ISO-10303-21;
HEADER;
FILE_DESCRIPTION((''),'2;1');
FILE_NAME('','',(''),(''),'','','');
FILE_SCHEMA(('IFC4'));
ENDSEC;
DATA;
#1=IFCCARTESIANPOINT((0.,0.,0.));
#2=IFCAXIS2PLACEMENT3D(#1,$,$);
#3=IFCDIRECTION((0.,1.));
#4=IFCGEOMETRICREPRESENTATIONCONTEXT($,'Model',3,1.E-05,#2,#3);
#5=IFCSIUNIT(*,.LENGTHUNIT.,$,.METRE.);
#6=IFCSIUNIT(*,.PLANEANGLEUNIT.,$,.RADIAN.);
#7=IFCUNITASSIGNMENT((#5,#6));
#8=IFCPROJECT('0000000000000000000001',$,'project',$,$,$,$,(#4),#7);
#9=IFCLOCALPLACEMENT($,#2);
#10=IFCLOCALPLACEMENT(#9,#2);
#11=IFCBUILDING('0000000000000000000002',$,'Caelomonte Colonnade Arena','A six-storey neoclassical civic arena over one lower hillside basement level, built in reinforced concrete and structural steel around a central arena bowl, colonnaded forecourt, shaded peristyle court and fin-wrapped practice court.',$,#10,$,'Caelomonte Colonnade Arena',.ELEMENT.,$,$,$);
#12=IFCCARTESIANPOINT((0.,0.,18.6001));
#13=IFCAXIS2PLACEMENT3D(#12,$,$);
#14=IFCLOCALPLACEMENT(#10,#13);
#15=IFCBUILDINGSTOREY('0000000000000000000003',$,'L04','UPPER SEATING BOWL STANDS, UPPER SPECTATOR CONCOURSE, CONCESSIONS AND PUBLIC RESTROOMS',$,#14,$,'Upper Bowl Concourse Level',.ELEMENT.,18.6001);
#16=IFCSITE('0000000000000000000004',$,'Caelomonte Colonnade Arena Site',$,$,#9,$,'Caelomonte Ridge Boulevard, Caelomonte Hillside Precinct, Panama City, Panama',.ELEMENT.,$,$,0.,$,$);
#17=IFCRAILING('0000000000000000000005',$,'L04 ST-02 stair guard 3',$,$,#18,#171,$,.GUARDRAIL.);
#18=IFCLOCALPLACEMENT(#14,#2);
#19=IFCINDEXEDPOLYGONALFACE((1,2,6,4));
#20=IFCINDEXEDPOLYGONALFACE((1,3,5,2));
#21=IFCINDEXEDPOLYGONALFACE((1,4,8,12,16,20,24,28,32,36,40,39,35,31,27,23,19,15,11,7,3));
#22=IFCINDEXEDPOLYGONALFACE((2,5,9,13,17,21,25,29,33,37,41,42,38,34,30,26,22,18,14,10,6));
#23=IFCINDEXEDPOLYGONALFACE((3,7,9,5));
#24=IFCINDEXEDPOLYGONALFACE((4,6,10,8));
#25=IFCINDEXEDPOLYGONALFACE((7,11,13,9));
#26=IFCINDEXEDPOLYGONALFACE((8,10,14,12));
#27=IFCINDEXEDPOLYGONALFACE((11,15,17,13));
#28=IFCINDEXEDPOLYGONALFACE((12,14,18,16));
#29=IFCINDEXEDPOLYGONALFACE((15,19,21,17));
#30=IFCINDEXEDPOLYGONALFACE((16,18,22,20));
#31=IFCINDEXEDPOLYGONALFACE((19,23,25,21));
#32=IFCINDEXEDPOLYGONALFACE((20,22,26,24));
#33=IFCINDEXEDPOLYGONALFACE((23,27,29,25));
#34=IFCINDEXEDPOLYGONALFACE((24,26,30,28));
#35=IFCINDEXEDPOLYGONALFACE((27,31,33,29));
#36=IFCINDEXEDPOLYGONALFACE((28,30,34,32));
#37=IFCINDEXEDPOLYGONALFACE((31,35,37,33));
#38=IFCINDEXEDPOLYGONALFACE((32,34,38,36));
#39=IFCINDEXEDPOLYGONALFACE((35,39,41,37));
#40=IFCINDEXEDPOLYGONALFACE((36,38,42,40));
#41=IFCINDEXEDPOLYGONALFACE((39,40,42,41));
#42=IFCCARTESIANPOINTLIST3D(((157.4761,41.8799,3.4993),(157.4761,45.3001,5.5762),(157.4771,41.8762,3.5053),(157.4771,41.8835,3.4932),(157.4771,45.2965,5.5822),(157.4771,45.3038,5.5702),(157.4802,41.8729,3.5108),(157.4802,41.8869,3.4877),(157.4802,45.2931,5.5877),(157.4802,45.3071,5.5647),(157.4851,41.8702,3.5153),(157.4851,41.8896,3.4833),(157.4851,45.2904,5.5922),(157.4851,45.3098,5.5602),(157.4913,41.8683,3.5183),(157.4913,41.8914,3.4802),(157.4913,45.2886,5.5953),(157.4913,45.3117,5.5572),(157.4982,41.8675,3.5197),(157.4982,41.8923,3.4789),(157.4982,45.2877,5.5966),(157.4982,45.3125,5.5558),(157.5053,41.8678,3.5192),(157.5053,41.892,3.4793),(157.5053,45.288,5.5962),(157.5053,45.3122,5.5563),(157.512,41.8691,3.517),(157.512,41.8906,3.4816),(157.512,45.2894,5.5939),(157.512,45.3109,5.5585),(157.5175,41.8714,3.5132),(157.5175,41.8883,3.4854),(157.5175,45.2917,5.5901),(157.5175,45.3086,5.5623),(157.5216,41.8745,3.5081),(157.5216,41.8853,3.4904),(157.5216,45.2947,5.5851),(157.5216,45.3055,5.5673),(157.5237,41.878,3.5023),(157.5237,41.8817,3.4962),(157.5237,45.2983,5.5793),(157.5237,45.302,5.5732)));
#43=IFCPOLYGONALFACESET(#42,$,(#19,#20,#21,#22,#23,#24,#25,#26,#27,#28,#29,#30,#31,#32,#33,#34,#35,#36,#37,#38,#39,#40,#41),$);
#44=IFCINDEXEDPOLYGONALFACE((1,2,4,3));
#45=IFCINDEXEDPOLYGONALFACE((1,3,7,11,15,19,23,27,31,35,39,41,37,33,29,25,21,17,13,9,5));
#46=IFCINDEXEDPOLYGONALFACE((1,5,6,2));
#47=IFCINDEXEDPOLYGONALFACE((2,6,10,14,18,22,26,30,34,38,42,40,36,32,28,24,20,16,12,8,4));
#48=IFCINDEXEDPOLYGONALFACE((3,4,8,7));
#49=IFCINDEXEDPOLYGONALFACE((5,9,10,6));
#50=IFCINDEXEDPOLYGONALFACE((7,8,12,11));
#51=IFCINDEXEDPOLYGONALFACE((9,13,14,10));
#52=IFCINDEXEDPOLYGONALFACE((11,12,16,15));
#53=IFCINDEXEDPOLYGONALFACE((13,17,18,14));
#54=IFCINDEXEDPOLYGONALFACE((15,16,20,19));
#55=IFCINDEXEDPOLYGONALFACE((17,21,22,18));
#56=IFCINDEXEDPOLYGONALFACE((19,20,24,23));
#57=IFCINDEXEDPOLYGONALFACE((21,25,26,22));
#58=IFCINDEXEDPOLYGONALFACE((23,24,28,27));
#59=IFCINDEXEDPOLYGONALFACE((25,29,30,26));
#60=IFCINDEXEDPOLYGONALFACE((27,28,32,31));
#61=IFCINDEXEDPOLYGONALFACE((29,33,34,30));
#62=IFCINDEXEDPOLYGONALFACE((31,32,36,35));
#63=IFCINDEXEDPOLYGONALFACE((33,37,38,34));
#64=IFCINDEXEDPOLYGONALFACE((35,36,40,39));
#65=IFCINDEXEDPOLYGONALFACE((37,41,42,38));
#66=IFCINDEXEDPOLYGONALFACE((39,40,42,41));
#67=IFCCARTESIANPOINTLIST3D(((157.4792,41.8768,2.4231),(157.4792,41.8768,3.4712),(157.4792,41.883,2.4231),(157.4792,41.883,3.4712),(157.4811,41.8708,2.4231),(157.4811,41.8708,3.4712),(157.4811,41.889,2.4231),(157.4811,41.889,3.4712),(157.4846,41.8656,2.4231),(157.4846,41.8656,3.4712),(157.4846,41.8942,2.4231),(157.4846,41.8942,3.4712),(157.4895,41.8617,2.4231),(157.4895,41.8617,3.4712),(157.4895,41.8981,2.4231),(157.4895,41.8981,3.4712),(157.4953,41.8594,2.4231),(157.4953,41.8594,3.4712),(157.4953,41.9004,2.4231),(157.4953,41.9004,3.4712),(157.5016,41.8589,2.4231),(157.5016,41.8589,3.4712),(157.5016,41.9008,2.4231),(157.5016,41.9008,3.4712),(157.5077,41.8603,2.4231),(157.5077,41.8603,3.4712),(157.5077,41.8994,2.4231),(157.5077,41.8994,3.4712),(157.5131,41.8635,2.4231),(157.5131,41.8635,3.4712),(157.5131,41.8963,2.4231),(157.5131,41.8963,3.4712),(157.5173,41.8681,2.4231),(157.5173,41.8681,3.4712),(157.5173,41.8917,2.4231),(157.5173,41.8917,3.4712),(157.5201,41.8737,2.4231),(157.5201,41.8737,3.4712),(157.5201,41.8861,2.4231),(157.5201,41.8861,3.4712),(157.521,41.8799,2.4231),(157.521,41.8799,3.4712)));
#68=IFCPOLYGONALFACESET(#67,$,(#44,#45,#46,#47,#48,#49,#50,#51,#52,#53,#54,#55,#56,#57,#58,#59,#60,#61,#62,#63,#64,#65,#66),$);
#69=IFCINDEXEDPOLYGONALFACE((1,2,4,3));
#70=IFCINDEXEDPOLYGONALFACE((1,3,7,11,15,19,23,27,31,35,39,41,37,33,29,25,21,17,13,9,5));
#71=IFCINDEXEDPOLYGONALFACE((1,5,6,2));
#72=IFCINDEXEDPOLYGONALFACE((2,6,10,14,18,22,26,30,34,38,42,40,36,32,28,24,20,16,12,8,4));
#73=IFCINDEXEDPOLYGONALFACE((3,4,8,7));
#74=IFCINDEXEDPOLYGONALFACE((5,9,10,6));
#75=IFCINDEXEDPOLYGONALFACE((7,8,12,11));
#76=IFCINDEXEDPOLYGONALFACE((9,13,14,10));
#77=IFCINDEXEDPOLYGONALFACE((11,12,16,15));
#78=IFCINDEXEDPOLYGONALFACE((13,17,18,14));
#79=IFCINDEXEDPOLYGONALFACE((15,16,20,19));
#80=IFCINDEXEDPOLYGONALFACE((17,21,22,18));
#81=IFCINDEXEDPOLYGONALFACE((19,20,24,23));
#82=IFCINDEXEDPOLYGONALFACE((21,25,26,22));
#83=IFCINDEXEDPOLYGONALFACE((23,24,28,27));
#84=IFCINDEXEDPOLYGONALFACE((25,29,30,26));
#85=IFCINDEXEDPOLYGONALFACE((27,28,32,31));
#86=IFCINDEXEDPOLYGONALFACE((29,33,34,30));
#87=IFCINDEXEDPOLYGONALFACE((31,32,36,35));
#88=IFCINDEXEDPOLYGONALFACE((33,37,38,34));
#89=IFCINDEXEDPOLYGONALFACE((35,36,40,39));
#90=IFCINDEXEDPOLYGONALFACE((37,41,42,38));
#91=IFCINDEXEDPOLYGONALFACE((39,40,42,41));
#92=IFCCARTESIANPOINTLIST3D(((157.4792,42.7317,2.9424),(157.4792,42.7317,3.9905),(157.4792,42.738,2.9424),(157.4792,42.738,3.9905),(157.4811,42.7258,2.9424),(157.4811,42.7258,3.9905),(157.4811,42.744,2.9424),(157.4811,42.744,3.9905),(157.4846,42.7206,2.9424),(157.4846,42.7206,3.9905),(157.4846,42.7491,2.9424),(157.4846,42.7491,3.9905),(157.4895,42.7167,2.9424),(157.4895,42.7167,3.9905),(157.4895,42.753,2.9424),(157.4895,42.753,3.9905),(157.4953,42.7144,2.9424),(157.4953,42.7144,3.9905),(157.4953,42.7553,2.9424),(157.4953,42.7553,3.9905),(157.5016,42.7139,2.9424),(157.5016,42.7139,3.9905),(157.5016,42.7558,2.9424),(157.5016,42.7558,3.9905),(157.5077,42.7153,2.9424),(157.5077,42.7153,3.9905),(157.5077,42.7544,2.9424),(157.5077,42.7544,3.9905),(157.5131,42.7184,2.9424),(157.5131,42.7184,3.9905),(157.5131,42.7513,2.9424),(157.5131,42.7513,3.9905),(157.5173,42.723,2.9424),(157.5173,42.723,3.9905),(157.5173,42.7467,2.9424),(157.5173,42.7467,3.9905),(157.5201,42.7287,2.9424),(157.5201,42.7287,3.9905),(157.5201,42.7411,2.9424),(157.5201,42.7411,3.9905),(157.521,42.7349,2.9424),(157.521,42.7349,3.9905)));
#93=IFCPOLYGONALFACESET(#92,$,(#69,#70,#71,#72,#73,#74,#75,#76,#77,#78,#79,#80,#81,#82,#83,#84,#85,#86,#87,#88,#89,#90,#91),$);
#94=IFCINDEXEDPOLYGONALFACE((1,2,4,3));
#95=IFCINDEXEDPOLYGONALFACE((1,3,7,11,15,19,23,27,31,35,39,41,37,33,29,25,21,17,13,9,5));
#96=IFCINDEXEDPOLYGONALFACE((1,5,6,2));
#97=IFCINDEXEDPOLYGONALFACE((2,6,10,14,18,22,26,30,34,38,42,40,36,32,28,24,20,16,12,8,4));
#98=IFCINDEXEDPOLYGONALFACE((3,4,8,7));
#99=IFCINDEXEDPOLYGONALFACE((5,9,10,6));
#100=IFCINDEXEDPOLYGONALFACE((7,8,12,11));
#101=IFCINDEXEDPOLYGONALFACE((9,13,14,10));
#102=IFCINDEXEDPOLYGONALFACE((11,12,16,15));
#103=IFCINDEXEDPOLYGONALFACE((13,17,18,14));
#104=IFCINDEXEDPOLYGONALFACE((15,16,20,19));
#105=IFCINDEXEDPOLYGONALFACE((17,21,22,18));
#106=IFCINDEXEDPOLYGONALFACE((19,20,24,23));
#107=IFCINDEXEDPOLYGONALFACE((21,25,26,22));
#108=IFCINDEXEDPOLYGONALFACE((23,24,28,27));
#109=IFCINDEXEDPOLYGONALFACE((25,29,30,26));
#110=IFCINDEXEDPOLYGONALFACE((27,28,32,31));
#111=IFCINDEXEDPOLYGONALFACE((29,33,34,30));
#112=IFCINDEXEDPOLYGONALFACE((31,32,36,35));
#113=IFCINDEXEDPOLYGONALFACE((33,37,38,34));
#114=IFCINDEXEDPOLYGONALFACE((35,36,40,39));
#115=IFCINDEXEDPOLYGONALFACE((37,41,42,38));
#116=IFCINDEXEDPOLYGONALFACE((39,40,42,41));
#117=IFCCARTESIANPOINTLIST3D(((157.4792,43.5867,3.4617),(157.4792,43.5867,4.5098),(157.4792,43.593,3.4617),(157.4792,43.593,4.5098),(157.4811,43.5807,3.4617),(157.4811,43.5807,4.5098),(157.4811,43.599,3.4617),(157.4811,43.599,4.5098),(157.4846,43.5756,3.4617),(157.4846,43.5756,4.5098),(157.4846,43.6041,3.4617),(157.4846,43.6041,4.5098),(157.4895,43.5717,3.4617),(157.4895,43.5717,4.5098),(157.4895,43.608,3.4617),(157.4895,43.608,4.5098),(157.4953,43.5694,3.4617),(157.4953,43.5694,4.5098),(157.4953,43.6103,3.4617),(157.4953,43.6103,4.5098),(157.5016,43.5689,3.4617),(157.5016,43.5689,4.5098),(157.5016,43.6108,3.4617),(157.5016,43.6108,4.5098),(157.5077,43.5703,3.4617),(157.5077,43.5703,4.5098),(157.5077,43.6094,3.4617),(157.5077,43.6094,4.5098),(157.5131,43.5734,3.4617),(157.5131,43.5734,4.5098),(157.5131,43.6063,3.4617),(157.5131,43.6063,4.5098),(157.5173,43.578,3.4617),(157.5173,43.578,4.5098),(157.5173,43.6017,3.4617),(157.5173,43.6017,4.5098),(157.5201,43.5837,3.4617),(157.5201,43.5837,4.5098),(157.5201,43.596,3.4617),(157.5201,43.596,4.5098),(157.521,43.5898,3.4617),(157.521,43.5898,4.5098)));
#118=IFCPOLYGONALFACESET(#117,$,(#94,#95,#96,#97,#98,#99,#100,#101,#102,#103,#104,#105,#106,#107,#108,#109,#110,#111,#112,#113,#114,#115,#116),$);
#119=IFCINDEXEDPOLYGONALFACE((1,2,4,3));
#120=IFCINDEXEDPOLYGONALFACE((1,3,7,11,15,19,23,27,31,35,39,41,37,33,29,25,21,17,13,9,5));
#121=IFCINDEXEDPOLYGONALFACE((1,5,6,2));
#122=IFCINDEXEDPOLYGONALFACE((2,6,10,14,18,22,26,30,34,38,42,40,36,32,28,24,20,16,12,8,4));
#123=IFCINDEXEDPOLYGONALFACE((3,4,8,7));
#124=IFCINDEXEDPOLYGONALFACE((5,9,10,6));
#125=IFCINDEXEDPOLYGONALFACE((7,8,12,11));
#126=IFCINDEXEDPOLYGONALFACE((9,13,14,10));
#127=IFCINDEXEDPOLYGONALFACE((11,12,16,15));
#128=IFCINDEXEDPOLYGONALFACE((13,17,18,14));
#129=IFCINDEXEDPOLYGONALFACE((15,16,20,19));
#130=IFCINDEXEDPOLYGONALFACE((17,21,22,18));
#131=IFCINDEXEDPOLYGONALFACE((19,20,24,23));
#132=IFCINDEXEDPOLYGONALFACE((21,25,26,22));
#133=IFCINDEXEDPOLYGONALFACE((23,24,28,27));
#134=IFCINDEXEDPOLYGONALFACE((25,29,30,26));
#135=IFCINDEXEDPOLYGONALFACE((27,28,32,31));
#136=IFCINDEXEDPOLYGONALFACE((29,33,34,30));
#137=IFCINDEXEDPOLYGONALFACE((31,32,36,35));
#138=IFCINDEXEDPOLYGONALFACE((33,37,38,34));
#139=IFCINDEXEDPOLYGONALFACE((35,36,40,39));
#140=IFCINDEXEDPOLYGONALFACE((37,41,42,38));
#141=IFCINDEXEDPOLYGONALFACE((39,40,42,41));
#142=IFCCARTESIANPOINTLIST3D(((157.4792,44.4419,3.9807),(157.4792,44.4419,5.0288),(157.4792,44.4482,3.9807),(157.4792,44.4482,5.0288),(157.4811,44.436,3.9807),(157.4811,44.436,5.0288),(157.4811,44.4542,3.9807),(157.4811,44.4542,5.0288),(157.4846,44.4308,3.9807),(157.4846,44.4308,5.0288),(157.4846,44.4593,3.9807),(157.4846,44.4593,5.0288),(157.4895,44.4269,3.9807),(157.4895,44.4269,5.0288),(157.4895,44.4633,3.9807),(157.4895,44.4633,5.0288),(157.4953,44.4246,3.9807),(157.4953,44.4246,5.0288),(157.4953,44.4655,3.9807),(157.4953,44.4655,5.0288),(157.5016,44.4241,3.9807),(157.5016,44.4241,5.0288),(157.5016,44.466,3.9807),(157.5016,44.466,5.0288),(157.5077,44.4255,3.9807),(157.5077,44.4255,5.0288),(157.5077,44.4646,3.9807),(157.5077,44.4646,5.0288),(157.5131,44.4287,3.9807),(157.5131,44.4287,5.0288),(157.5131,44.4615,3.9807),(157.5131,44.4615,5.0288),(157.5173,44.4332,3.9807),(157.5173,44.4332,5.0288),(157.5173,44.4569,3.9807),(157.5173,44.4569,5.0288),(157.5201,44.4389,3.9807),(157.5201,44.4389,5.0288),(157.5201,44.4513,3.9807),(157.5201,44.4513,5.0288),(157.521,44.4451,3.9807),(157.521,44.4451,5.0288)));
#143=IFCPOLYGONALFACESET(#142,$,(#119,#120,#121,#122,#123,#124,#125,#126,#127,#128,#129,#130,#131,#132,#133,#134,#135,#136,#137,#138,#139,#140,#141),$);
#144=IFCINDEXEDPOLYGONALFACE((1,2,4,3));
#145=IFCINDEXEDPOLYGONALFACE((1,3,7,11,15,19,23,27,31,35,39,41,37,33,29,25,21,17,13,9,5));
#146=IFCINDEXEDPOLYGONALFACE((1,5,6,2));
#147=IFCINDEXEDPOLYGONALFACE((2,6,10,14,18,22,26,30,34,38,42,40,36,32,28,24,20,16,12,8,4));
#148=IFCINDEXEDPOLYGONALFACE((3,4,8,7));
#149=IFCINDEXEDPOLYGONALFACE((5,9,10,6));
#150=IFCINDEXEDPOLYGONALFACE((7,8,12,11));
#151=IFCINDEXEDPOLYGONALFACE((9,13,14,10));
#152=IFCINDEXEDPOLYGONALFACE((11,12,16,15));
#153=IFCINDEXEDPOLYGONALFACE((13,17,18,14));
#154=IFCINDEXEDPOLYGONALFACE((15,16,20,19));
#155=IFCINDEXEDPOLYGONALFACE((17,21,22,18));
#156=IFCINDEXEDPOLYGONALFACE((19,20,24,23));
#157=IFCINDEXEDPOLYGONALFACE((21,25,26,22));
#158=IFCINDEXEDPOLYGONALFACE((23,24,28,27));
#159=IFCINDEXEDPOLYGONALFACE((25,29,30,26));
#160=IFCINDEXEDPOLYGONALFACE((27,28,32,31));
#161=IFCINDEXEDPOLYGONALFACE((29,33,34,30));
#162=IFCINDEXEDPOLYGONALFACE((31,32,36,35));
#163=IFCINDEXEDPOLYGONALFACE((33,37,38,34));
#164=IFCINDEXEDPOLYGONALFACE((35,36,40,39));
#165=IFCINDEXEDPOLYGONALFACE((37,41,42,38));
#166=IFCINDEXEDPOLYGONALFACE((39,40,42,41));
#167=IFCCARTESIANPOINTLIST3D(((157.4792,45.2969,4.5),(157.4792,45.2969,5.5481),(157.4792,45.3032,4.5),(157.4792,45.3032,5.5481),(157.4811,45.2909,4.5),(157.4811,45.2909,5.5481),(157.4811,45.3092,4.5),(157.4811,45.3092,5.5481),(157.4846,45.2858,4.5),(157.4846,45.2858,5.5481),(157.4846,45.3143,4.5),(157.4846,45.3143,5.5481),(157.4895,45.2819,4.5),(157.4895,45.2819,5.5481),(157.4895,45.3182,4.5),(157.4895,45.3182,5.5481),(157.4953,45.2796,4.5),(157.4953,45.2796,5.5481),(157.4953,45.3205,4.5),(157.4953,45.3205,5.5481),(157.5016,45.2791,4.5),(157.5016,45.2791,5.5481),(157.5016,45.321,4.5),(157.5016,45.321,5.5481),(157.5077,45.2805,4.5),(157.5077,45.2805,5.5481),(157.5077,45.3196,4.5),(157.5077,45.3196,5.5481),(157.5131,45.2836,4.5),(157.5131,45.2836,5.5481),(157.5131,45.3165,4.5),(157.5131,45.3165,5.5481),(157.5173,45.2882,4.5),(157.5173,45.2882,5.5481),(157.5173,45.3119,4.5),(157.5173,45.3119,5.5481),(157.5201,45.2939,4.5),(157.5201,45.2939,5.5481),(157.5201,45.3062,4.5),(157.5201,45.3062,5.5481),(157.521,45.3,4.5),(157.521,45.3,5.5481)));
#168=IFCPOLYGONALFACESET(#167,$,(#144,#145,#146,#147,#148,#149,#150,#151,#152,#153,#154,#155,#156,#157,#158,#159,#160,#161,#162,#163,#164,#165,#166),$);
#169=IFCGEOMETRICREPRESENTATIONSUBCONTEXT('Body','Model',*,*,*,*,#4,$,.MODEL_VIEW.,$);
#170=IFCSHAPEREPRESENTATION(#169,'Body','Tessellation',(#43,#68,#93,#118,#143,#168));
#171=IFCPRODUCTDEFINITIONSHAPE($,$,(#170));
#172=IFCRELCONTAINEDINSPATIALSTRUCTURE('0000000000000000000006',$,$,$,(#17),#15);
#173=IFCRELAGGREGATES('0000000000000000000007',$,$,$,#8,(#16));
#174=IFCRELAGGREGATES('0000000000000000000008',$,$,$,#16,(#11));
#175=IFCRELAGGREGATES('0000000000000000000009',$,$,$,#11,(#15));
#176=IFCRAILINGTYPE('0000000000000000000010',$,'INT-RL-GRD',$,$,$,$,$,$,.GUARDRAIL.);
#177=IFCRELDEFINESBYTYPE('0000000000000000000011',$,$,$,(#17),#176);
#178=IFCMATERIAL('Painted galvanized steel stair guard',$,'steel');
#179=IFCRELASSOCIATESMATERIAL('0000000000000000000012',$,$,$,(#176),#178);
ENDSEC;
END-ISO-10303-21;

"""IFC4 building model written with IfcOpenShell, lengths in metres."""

from ifc_helpers import new_model, si_unit, direction, frame, origin, origin_2d, place, context, subcontext, project, spatial, circle, extrude, material, type_object, element, save


model = new_model("IFC4")

# Units and contexts
model_context = context("Model", 3, precision=1e-05, world=origin(), true_north=direction((0.0, 1.0)))
body_context = subcontext(model_context, "Body", "Model", "MODEL_VIEW")
ifc_project = project(units=[si_unit("LENGTHUNIT", "METRE"), si_unit("PLANEANGLEUNIT", "RADIAN")], contexts=[model_context])

# Site, building, storey
site_placement = place(None, origin())
site = spatial("IfcSite", under=ifc_project, at=site_placement, Name="Caelomonte Colonnade Arena Site", LongName="Caelomonte Ridge Boulevard, Caelomonte Hillside Precinct, Panama City, Panama", CompositionType="ELEMENT", RefElevation=0.0)
building_placement = place(site_placement, origin())
building = spatial("IfcBuilding", under=site, at=building_placement, Name="Caelomonte Colonnade Arena", Description="A six-storey neoclassical civic arena over one lower hillside basement level, built in reinforced concrete and structural steel around a central arena bowl, colonnaded forecourt, shaded peristyle court and fin-wrapped practice court.", LongName="Caelomonte Colonnade Arena", CompositionType="ELEMENT")
storey_placement = place(building_placement, frame((0.0, 0.0, 18.6001)))
storey = spatial("IfcBuildingStorey", under=building, at=storey_placement, Name="L04", Description="UPPER SEATING BOWL STANDS, UPPER SPECTATOR CONCOURSE, CONCESSIONS AND PUBLIC RESTROOMS", LongName="Upper Bowl Concourse Level", CompositionType="ELEMENT", Elevation=18.6001)

# Railing
ifc_material_1 = material(Name="Painted galvanized steel stair guard", Category="steel")
railing_type_1 = type_object("IfcRailingType", Name="INT-RL-GRD", PredefinedType="GUARDRAIL", material=ifc_material_1)
railing_1_placement = place(storey_placement, frame((157.5, 41.8799, 2.4231)))
element("IfcRailing", 1, at=railing_1_placement, inside=storey, type_object=railing_type_1, Name="L04 ST-02 stair guard 3", PredefinedType="GUARDRAIL", context=body_context, shape_type="SweptSolid", body=[
    extrude(circle(Radius=0.0239, at=origin_2d()), frame((0.0, 0.0, 1.0762), z_axis=(0.0, 0.854746, 0.519047), x_axis=(-1.0, 0.0, 0.0)), (0.0, 0.0, 1.0), 4.0015),
    extrude(circle(Radius=0.021, at=origin_2d()), origin(), (0.0, 0.0, 1.0), 1.0481),
    extrude(circle(Radius=0.021, at=origin_2d()), frame((0.0, 0.855, 0.5193)), (0.0, 0.0, 1.0), 1.0481),
    extrude(circle(Radius=0.021, at=origin_2d()), frame((0.0, 1.71, 1.0386)), (0.0, 0.0, 1.0), 1.0481),
    extrude(circle(Radius=0.021, at=origin_2d()), frame((0.0, 2.5652, 1.5576)), (0.0, 0.0, 1.0), 1.0481),
    extrude(circle(Radius=0.021, at=origin_2d()), frame((0.0, 3.4202, 2.0769)), (0.0, 0.0, 1.0), 1.0481),
])

save(model, "model.ifc")
